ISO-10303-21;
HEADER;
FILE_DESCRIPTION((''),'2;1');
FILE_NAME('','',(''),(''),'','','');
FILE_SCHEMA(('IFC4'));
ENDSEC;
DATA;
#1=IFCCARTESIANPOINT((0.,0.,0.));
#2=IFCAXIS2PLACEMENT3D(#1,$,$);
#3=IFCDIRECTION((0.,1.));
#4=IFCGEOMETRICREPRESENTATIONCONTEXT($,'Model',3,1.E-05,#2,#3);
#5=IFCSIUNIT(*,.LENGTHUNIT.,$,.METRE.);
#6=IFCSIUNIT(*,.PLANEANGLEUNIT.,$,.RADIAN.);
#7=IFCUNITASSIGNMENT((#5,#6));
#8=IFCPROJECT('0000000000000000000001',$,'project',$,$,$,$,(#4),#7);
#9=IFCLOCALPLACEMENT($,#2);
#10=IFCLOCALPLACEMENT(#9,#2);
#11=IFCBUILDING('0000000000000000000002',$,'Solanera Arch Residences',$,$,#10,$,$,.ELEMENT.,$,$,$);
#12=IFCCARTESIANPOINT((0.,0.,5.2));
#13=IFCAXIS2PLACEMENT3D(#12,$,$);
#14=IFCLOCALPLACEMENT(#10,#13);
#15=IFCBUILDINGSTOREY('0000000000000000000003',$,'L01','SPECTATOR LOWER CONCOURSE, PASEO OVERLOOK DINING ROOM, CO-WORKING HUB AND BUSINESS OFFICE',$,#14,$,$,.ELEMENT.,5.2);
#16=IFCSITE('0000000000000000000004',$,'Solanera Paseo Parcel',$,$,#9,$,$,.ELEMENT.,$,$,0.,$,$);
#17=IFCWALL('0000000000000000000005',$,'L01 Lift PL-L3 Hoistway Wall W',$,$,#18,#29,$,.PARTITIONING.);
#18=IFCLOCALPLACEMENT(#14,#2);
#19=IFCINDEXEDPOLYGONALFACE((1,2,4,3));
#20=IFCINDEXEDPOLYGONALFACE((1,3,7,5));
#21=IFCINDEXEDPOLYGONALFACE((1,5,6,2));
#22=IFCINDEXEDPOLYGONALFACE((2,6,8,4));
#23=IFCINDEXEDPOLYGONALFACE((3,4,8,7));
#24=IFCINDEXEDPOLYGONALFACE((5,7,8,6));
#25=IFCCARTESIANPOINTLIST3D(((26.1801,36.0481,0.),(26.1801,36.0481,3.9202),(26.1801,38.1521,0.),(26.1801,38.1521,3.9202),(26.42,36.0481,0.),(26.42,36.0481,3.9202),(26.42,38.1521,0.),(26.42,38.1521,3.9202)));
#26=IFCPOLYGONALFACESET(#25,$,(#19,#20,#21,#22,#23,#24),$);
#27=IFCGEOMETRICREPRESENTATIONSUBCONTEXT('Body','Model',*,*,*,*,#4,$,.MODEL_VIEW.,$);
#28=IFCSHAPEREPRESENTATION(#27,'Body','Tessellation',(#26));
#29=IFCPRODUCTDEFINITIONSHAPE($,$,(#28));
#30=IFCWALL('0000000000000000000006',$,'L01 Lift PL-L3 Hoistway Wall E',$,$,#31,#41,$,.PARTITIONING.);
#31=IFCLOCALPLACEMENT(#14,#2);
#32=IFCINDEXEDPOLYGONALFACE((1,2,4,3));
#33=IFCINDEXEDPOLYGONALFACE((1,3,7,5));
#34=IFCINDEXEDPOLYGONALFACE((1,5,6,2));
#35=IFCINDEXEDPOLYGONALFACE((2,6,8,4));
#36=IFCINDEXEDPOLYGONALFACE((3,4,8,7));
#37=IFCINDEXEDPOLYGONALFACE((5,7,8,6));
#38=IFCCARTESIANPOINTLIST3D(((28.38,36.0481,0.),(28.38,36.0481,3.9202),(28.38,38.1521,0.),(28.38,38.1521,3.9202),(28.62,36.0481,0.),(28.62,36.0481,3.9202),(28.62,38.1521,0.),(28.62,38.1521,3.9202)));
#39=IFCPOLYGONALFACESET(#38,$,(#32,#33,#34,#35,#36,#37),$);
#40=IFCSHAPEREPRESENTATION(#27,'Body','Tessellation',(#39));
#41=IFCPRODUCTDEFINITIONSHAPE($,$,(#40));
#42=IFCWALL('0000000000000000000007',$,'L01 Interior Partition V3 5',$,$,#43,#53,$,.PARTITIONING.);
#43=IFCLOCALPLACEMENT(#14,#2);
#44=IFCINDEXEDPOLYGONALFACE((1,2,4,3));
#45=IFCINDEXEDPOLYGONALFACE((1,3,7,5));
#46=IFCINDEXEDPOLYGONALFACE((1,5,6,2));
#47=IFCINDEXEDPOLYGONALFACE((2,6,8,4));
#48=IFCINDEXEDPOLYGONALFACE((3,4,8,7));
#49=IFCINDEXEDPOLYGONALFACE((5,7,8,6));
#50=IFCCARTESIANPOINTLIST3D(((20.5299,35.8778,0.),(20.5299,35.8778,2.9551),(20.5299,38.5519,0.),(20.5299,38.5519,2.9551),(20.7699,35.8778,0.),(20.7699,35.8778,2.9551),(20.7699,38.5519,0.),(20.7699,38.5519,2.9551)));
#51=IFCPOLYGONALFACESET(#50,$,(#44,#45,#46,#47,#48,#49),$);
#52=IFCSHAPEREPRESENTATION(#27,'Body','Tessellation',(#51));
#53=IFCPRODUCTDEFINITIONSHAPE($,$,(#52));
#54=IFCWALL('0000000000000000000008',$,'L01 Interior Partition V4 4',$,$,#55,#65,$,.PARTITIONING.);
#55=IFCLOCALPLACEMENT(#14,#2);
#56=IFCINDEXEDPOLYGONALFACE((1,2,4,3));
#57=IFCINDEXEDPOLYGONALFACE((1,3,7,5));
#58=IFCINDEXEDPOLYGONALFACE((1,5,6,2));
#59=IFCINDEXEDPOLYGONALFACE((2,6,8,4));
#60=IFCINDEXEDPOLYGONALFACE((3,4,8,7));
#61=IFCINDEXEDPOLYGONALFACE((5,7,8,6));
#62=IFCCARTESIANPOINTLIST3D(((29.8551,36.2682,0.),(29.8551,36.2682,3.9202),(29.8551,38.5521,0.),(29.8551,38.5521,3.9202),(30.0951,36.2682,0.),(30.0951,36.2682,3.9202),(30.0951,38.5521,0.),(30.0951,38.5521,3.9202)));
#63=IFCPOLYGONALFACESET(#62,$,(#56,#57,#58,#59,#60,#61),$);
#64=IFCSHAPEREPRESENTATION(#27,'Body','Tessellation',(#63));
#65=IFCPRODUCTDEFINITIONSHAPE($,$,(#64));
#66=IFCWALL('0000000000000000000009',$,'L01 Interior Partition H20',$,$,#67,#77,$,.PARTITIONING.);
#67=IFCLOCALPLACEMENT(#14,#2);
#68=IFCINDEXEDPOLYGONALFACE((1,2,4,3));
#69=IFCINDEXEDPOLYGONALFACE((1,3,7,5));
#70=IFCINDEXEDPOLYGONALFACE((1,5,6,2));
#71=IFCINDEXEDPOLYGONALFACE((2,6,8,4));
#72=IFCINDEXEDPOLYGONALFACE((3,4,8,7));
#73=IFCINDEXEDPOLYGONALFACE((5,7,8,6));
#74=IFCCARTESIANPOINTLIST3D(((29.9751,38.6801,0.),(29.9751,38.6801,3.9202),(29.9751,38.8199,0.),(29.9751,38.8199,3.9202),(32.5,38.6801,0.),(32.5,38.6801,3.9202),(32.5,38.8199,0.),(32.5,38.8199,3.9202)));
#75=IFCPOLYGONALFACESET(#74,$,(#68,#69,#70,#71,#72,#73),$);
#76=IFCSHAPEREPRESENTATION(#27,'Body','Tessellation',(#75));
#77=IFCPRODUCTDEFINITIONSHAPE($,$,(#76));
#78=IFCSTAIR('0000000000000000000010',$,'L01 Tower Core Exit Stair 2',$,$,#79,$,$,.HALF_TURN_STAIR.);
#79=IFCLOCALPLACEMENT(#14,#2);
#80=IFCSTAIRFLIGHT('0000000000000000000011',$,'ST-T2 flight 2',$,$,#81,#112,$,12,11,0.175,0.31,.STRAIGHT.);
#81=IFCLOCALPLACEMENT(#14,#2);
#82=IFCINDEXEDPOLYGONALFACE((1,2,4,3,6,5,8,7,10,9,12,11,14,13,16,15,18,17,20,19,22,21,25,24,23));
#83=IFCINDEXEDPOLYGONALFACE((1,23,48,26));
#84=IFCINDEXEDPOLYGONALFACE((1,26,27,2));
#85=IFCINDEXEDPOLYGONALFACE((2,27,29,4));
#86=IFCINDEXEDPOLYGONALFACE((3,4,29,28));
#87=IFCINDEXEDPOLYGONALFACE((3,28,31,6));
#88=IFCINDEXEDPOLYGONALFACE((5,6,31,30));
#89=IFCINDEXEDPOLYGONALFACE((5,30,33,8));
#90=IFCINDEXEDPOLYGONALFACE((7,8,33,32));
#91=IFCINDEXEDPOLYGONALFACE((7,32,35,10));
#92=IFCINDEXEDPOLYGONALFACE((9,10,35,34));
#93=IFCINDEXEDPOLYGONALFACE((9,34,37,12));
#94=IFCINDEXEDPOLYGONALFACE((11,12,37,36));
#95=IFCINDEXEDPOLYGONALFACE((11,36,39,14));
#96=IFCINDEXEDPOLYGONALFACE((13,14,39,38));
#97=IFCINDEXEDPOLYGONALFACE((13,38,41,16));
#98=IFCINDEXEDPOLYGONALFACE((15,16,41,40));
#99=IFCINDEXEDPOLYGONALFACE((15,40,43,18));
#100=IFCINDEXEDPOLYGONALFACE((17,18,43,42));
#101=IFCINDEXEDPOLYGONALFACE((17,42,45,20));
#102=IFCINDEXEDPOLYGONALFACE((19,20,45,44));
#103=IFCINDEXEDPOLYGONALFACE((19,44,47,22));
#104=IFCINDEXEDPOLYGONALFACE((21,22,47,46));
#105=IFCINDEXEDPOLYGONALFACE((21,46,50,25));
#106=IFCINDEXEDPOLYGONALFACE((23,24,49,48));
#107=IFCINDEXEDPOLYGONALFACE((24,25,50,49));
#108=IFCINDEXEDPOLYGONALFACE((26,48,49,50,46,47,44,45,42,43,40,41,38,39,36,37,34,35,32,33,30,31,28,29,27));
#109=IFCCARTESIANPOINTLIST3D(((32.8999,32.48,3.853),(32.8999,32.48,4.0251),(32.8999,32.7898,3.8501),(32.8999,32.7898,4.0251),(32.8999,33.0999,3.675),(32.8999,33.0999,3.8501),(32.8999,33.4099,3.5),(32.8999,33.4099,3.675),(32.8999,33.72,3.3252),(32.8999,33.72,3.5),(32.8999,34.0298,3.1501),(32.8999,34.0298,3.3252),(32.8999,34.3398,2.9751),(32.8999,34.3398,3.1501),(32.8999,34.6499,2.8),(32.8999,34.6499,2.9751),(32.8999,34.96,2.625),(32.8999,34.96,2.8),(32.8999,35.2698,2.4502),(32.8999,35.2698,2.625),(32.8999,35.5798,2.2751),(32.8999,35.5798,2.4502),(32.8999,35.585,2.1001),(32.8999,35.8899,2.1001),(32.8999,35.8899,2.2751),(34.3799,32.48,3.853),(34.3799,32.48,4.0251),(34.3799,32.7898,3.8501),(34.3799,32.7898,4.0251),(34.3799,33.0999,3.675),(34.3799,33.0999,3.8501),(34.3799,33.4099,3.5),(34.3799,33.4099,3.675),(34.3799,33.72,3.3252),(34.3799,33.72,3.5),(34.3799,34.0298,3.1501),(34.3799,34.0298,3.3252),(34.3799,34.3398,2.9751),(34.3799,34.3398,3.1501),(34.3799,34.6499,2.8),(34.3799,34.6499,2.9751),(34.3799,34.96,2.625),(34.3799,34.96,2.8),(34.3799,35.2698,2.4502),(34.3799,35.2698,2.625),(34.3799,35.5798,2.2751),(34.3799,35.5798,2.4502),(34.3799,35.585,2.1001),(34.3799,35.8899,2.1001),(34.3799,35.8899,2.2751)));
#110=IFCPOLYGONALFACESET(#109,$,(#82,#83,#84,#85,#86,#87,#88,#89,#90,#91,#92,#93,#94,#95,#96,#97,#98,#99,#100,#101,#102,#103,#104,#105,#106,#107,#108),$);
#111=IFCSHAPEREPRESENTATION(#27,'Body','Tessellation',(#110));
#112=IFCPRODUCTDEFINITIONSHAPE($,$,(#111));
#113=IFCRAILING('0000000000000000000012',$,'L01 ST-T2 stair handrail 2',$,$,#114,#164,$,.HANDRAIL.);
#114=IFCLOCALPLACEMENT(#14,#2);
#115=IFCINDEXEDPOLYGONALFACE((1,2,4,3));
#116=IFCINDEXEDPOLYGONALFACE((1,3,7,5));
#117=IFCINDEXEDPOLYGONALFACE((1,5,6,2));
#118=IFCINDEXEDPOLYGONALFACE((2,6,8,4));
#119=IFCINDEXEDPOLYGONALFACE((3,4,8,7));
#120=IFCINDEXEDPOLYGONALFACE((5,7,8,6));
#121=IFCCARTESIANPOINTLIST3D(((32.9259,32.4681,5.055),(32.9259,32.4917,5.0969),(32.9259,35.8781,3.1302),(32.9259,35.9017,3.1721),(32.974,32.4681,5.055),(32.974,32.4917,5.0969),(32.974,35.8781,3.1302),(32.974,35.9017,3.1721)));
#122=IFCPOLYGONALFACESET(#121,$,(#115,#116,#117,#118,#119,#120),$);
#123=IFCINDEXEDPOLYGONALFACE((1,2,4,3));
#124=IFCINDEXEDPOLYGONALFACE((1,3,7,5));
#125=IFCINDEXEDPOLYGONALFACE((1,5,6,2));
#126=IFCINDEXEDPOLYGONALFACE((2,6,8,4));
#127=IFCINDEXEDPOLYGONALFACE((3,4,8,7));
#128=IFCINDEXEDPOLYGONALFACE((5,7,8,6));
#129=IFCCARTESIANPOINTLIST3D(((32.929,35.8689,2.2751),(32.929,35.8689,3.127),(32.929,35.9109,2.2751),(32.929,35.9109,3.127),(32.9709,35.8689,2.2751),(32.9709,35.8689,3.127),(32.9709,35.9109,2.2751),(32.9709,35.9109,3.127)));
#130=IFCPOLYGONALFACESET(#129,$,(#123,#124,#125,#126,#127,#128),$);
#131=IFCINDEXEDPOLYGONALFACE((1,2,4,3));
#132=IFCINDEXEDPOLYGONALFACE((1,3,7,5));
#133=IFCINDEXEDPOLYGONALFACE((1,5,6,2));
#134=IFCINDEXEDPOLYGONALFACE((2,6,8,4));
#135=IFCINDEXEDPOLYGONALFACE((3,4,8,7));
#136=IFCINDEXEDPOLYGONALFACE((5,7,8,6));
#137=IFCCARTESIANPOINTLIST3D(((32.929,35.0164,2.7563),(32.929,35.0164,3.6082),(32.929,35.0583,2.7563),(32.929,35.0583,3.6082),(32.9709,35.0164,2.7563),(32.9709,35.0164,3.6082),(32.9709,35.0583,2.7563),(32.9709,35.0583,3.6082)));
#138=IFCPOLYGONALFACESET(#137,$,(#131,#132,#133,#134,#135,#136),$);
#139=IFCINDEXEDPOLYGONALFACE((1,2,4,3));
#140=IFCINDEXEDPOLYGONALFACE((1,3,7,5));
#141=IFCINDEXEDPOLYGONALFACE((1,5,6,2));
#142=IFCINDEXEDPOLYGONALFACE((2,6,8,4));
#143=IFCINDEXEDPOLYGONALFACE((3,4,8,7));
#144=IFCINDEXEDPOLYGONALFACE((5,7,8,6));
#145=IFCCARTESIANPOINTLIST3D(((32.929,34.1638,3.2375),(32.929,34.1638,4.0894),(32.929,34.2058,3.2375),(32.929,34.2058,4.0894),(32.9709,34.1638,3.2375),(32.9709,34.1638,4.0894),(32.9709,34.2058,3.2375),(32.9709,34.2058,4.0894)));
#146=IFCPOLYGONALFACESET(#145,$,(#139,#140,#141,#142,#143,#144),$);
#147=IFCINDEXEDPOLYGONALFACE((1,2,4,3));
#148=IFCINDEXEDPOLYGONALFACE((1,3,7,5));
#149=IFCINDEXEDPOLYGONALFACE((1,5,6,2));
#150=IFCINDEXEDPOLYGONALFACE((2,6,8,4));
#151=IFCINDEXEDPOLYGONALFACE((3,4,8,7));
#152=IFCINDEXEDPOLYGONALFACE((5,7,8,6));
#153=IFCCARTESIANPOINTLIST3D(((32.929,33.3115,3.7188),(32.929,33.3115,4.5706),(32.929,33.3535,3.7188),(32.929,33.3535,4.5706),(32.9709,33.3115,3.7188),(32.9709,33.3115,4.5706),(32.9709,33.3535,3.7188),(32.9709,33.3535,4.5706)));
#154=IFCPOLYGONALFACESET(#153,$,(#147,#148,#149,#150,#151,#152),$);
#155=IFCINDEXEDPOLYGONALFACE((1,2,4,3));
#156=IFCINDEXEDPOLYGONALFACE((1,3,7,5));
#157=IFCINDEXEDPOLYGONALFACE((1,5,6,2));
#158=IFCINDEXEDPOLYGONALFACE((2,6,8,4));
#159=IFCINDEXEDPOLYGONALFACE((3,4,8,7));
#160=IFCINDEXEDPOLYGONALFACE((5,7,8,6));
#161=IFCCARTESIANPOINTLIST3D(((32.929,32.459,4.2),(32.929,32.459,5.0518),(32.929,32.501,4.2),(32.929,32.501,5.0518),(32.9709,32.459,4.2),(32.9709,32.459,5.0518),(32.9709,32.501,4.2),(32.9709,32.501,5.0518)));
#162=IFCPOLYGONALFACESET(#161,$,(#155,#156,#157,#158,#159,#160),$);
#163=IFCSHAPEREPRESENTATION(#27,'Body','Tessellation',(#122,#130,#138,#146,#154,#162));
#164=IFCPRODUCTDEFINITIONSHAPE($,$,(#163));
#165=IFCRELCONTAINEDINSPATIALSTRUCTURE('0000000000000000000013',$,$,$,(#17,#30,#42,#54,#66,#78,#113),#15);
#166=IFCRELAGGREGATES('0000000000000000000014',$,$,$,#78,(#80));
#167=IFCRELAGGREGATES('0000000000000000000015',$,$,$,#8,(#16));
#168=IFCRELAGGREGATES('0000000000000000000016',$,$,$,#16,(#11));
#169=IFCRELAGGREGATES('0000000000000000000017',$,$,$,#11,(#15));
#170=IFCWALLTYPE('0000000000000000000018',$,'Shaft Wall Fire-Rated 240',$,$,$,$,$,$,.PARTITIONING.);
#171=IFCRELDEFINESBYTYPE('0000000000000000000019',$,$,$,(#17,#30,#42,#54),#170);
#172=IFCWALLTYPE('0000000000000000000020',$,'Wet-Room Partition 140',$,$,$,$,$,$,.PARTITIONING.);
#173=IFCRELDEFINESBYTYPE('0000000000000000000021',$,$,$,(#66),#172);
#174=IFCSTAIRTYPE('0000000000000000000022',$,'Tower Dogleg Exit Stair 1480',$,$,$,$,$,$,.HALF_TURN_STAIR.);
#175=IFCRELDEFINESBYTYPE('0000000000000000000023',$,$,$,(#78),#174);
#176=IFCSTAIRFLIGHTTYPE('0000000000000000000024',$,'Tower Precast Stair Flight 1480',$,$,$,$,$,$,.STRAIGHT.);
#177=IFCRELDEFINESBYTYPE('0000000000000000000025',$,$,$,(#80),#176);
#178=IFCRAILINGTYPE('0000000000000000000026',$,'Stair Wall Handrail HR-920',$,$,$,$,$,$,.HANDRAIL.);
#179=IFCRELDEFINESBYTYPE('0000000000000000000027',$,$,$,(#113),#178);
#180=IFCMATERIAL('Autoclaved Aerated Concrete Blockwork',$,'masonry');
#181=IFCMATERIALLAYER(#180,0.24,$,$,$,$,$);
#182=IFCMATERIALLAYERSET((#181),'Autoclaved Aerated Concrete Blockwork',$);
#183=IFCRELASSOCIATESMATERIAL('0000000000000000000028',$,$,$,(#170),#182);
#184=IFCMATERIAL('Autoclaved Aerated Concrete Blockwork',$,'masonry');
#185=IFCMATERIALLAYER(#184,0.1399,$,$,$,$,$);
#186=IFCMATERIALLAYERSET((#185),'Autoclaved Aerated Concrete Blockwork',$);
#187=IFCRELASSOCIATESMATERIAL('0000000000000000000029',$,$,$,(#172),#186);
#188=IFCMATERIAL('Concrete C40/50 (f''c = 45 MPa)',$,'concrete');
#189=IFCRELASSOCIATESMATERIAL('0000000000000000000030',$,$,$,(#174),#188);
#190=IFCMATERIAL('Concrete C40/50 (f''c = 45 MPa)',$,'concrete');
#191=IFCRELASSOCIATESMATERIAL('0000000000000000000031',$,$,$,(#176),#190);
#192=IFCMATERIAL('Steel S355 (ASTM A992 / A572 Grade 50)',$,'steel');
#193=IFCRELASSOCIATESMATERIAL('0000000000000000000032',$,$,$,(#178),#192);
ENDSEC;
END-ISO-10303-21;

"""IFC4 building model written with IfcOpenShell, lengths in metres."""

from ifc_helpers import new_model, si_unit, direction, frame, frame_2d, origin, origin_2d, place, context, subcontext, project, spatial, polyline, rectangle, outline, extrude, material, layer, layer_set, type_object, element, aggregate, save


model = new_model("IFC4")

# Units and contexts
model_context = context("Model", 3, precision=1e-05, world=origin(), true_north=direction((0.0, 1.0)))
body_context = subcontext(model_context, "Body", "Model", "MODEL_VIEW")
ifc_project = project(units=[si_unit("LENGTHUNIT", "METRE"), si_unit("PLANEANGLEUNIT", "RADIAN")], contexts=[model_context])

# Site, building, storey
site_placement = place(None, origin())
site = spatial("IfcSite", under=ifc_project, at=site_placement, Name="Solanera Paseo Parcel", CompositionType="ELEMENT", RefElevation=0.0)
building_placement = place(site_placement, origin())
building = spatial("IfcBuilding", under=site, at=building_placement, Name="Solanera Arch Residences", CompositionType="ELEMENT")
storey_placement = place(building_placement, frame((0.0, 0.0, 5.2)))
storey = spatial("IfcBuildingStorey", under=building, at=storey_placement, Name="L01", Description="SPECTATOR LOWER CONCOURSE, PASEO OVERLOOK DINING ROOM, CO-WORKING HUB AND BUSINESS OFFICE", CompositionType="ELEMENT", Elevation=5.2)

# Walls
ifc_material_1 = material(Name="Autoclaved Aerated Concrete Blockwork", Category="masonry")
ifc_layer_1 = layer(ifc_material_1, 0.24)
ifc_layer_set_1 = layer_set([ifc_layer_1], Name="Autoclaved Aerated Concrete Blockwork")
wall_type_1 = type_object("IfcWallType", Name="Shaft Wall Fire-Rated 240", PredefinedType="PARTITIONING", material=ifc_layer_set_1)
for number, where, z_axis, x_axis, name in (
    (1, (26.3, 36.0481, 0.0), (0.0, 0.0, 1.0), (0.0, 1.0, 0.0), "L01 Lift PL-L3 Hoistway Wall W"),
    (2, (28.5, 36.0481, 0.0), (0.0, 0.0, 1.0), (0.0, 1.0, 0.0), "L01 Lift PL-L3 Hoistway Wall E"),
):
    element("IfcWall", number, at=place(storey_placement, frame(where, z_axis=z_axis, x_axis=x_axis)), inside=storey, type_object=wall_type_1, Name=name, PredefinedType="PARTITIONING", context=body_context, shape_type="SweptSolid", body=[
        extrude(rectangle(XDim=2.104, YDim=0.24, at=frame_2d((1.052, 0.0))), origin(), (0.0, 0.0, 1.0), 3.9202),
    ])
wall_1_placement = place(storey_placement, frame((20.6499, 35.8779, 0.0), z_axis=(0.0, 0.0, 1.0), x_axis=(0.0, 1.0, 0.0)))
element("IfcWall", 3, at=wall_1_placement, inside=storey, type_object=wall_type_1, Name="L01 Interior Partition V3 5", PredefinedType="PARTITIONING", context=body_context, shape_type="SweptSolid", body=[
    extrude(rectangle(XDim=2.6741, YDim=0.24, at=frame_2d((1.3369, 0.0))), origin(), (0.0, 0.0, 1.0), 2.9551),
])
wall_2_placement = place(storey_placement, frame((29.9751, 36.2681, 0.0), z_axis=(0.0, 0.0, 1.0), x_axis=(0.0, 1.0, 0.0)))
element("IfcWall", 4, at=wall_2_placement, inside=storey, type_object=wall_type_1, Name="L01 Interior Partition V4 4", PredefinedType="PARTITIONING", context=body_context, shape_type="SweptSolid", body=[
    extrude(rectangle(XDim=2.2839, YDim=0.24, at=frame_2d((1.1421, 0.0))), origin(), (0.0, 0.0, 1.0), 3.9202),
])
ifc_material_2 = material(Name="Autoclaved Aerated Concrete Blockwork", Category="masonry")
ifc_layer_2 = layer(ifc_material_2, 0.1399)
ifc_layer_set_2 = layer_set([ifc_layer_2], Name="Autoclaved Aerated Concrete Blockwork")
wall_type_2 = type_object("IfcWallType", Name="Wet-Room Partition 140", PredefinedType="PARTITIONING", material=ifc_layer_set_2)
wall_3_placement = place(storey_placement, frame((29.9751, 38.75, 0.0), z_axis=(0.0, 0.0, 1.0), x_axis=(1.0, 0.0, 0.0)))
element("IfcWall", 5, at=wall_3_placement, inside=storey, type_object=wall_type_2, Name="L01 Interior Partition H20", PredefinedType="PARTITIONING", context=body_context, shape_type="SweptSolid", body=[
    extrude(rectangle(XDim=2.5249, YDim=0.1399, at=frame_2d((1.2625, 0.0))), origin(), (0.0, 0.0, 1.0), 3.9202),
])

# Stair, stair flight
ifc_material_3 = material(Name="Concrete C40/50 (f'c = 45 MPa)", Category="concrete")
stair_type = type_object("IfcStairType", Name="Tower Dogleg Exit Stair 1480", PredefinedType="HALF_TURN_STAIR", material=ifc_material_3)
stair_placement = place(storey_placement, origin())
stair = element("IfcStair", 6, at=stair_placement, inside=storey, type_object=stair_type, Name="L01 Tower Core Exit Stair 2", PredefinedType="HALF_TURN_STAIR")
ifc_material_4 = material(Name="Concrete C40/50 (f'c = 45 MPa)", Category="concrete")
stair_flight_type = type_object("IfcStairFlightType", Name="Tower Precast Stair Flight 1480", PredefinedType="STRAIGHT", material=ifc_material_4)
stair_flight_placement = place(storey_placement, frame((33.6399, 35.8899, 2.1001), z_axis=(0.0, 0.0, 1.0), x_axis=(0.0, -1.0, 0.0)))
stair_flight = element("IfcStairFlight", 7, at=stair_flight_placement, type_object=stair_flight_type, Name="ST-T2 flight 2", NumberOfRisers=12, NumberOfTreads=11, PredefinedType="STRAIGHT", RiserHeight=0.175, TreadLength=0.31, context=body_context, shape_type="SweptSolid", body=[
    extrude(outline(polyline([(0.0, 0.0), (0.0, 0.175), (0.3101, 0.175), (0.3101, 0.3501), (0.6201, 0.3501), (0.6201, 0.5249), (0.9299, 0.5249), (0.9299, 0.7), (1.24, 0.7), (1.24, 0.875), (1.55, 0.875), (1.55, 1.05), (1.8601, 1.05), (1.8601, 1.2251), (2.1699, 1.2251), (2.1699, 1.3999), (2.48, 1.3999), (2.48, 1.575), (2.79, 1.575), (2.79, 1.75), (3.1001, 1.75), (3.1001, 1.925), (3.4099, 1.925), (3.4099, 2.1001), (3.4099, 1.7529), (0.3049, 0.0), (0.0, 0.0)])), frame((0.0, 0.74, 0.0), z_axis=(0.0, -1.0, 0.0), x_axis=(1.0, 0.0, 0.0)), (0.0, 0.0, 1.0), 1.48),
])
aggregate(stair, [stair_flight])

# Railing
ifc_material_5 = material(Name="Steel S355 (ASTM A992 / A572 Grade 50)", Category="steel")
railing_type = type_object("IfcRailingType", Name="Stair Wall Handrail HR-920", PredefinedType="HANDRAIL", material=ifc_material_5)
railing_placement = place(storey_placement, frame((32.95, 35.8899, 2.2751)))
element("IfcRailing", 8, at=railing_placement, inside=storey, type_object=railing_type, Name="L01 ST-T2 stair handrail 2", PredefinedType="HANDRAIL", context=body_context, shape_type="SweptSolid", body=[
    extrude(rectangle(XDim=0.0481, YDim=0.0481, at=origin_2d()), frame((0.0, 0.0, 0.876), z_axis=(0.0, -0.87084, 0.491566), x_axis=(1.0, 0.0, 0.0)), (0.0, 0.0, 1.0), 3.9158),
    extrude(rectangle(XDim=0.042, YDim=0.042, at=origin_2d()), origin(), (0.0, 0.0, 1.0), 0.8518),
    extrude(rectangle(XDim=0.042, YDim=0.042, at=origin_2d()), frame((0.0, -0.8525, 0.4812)), (0.0, 0.0, 1.0), 0.8518),
    extrude(rectangle(XDim=0.042, YDim=0.042, at=origin_2d()), frame((0.0, -1.7051, 0.9624)), (0.0, 0.0, 1.0), 0.8518),
    extrude(rectangle(XDim=0.042, YDim=0.042, at=origin_2d()), frame((0.0, -2.5574, 1.4436)), (0.0, 0.0, 1.0), 0.8518),
    extrude(rectangle(XDim=0.042, YDim=0.042, at=origin_2d()), frame((0.0, -3.4099, 1.9248)), (0.0, 0.0, 1.0), 0.8518),
])

save(model, "model.ifc")
